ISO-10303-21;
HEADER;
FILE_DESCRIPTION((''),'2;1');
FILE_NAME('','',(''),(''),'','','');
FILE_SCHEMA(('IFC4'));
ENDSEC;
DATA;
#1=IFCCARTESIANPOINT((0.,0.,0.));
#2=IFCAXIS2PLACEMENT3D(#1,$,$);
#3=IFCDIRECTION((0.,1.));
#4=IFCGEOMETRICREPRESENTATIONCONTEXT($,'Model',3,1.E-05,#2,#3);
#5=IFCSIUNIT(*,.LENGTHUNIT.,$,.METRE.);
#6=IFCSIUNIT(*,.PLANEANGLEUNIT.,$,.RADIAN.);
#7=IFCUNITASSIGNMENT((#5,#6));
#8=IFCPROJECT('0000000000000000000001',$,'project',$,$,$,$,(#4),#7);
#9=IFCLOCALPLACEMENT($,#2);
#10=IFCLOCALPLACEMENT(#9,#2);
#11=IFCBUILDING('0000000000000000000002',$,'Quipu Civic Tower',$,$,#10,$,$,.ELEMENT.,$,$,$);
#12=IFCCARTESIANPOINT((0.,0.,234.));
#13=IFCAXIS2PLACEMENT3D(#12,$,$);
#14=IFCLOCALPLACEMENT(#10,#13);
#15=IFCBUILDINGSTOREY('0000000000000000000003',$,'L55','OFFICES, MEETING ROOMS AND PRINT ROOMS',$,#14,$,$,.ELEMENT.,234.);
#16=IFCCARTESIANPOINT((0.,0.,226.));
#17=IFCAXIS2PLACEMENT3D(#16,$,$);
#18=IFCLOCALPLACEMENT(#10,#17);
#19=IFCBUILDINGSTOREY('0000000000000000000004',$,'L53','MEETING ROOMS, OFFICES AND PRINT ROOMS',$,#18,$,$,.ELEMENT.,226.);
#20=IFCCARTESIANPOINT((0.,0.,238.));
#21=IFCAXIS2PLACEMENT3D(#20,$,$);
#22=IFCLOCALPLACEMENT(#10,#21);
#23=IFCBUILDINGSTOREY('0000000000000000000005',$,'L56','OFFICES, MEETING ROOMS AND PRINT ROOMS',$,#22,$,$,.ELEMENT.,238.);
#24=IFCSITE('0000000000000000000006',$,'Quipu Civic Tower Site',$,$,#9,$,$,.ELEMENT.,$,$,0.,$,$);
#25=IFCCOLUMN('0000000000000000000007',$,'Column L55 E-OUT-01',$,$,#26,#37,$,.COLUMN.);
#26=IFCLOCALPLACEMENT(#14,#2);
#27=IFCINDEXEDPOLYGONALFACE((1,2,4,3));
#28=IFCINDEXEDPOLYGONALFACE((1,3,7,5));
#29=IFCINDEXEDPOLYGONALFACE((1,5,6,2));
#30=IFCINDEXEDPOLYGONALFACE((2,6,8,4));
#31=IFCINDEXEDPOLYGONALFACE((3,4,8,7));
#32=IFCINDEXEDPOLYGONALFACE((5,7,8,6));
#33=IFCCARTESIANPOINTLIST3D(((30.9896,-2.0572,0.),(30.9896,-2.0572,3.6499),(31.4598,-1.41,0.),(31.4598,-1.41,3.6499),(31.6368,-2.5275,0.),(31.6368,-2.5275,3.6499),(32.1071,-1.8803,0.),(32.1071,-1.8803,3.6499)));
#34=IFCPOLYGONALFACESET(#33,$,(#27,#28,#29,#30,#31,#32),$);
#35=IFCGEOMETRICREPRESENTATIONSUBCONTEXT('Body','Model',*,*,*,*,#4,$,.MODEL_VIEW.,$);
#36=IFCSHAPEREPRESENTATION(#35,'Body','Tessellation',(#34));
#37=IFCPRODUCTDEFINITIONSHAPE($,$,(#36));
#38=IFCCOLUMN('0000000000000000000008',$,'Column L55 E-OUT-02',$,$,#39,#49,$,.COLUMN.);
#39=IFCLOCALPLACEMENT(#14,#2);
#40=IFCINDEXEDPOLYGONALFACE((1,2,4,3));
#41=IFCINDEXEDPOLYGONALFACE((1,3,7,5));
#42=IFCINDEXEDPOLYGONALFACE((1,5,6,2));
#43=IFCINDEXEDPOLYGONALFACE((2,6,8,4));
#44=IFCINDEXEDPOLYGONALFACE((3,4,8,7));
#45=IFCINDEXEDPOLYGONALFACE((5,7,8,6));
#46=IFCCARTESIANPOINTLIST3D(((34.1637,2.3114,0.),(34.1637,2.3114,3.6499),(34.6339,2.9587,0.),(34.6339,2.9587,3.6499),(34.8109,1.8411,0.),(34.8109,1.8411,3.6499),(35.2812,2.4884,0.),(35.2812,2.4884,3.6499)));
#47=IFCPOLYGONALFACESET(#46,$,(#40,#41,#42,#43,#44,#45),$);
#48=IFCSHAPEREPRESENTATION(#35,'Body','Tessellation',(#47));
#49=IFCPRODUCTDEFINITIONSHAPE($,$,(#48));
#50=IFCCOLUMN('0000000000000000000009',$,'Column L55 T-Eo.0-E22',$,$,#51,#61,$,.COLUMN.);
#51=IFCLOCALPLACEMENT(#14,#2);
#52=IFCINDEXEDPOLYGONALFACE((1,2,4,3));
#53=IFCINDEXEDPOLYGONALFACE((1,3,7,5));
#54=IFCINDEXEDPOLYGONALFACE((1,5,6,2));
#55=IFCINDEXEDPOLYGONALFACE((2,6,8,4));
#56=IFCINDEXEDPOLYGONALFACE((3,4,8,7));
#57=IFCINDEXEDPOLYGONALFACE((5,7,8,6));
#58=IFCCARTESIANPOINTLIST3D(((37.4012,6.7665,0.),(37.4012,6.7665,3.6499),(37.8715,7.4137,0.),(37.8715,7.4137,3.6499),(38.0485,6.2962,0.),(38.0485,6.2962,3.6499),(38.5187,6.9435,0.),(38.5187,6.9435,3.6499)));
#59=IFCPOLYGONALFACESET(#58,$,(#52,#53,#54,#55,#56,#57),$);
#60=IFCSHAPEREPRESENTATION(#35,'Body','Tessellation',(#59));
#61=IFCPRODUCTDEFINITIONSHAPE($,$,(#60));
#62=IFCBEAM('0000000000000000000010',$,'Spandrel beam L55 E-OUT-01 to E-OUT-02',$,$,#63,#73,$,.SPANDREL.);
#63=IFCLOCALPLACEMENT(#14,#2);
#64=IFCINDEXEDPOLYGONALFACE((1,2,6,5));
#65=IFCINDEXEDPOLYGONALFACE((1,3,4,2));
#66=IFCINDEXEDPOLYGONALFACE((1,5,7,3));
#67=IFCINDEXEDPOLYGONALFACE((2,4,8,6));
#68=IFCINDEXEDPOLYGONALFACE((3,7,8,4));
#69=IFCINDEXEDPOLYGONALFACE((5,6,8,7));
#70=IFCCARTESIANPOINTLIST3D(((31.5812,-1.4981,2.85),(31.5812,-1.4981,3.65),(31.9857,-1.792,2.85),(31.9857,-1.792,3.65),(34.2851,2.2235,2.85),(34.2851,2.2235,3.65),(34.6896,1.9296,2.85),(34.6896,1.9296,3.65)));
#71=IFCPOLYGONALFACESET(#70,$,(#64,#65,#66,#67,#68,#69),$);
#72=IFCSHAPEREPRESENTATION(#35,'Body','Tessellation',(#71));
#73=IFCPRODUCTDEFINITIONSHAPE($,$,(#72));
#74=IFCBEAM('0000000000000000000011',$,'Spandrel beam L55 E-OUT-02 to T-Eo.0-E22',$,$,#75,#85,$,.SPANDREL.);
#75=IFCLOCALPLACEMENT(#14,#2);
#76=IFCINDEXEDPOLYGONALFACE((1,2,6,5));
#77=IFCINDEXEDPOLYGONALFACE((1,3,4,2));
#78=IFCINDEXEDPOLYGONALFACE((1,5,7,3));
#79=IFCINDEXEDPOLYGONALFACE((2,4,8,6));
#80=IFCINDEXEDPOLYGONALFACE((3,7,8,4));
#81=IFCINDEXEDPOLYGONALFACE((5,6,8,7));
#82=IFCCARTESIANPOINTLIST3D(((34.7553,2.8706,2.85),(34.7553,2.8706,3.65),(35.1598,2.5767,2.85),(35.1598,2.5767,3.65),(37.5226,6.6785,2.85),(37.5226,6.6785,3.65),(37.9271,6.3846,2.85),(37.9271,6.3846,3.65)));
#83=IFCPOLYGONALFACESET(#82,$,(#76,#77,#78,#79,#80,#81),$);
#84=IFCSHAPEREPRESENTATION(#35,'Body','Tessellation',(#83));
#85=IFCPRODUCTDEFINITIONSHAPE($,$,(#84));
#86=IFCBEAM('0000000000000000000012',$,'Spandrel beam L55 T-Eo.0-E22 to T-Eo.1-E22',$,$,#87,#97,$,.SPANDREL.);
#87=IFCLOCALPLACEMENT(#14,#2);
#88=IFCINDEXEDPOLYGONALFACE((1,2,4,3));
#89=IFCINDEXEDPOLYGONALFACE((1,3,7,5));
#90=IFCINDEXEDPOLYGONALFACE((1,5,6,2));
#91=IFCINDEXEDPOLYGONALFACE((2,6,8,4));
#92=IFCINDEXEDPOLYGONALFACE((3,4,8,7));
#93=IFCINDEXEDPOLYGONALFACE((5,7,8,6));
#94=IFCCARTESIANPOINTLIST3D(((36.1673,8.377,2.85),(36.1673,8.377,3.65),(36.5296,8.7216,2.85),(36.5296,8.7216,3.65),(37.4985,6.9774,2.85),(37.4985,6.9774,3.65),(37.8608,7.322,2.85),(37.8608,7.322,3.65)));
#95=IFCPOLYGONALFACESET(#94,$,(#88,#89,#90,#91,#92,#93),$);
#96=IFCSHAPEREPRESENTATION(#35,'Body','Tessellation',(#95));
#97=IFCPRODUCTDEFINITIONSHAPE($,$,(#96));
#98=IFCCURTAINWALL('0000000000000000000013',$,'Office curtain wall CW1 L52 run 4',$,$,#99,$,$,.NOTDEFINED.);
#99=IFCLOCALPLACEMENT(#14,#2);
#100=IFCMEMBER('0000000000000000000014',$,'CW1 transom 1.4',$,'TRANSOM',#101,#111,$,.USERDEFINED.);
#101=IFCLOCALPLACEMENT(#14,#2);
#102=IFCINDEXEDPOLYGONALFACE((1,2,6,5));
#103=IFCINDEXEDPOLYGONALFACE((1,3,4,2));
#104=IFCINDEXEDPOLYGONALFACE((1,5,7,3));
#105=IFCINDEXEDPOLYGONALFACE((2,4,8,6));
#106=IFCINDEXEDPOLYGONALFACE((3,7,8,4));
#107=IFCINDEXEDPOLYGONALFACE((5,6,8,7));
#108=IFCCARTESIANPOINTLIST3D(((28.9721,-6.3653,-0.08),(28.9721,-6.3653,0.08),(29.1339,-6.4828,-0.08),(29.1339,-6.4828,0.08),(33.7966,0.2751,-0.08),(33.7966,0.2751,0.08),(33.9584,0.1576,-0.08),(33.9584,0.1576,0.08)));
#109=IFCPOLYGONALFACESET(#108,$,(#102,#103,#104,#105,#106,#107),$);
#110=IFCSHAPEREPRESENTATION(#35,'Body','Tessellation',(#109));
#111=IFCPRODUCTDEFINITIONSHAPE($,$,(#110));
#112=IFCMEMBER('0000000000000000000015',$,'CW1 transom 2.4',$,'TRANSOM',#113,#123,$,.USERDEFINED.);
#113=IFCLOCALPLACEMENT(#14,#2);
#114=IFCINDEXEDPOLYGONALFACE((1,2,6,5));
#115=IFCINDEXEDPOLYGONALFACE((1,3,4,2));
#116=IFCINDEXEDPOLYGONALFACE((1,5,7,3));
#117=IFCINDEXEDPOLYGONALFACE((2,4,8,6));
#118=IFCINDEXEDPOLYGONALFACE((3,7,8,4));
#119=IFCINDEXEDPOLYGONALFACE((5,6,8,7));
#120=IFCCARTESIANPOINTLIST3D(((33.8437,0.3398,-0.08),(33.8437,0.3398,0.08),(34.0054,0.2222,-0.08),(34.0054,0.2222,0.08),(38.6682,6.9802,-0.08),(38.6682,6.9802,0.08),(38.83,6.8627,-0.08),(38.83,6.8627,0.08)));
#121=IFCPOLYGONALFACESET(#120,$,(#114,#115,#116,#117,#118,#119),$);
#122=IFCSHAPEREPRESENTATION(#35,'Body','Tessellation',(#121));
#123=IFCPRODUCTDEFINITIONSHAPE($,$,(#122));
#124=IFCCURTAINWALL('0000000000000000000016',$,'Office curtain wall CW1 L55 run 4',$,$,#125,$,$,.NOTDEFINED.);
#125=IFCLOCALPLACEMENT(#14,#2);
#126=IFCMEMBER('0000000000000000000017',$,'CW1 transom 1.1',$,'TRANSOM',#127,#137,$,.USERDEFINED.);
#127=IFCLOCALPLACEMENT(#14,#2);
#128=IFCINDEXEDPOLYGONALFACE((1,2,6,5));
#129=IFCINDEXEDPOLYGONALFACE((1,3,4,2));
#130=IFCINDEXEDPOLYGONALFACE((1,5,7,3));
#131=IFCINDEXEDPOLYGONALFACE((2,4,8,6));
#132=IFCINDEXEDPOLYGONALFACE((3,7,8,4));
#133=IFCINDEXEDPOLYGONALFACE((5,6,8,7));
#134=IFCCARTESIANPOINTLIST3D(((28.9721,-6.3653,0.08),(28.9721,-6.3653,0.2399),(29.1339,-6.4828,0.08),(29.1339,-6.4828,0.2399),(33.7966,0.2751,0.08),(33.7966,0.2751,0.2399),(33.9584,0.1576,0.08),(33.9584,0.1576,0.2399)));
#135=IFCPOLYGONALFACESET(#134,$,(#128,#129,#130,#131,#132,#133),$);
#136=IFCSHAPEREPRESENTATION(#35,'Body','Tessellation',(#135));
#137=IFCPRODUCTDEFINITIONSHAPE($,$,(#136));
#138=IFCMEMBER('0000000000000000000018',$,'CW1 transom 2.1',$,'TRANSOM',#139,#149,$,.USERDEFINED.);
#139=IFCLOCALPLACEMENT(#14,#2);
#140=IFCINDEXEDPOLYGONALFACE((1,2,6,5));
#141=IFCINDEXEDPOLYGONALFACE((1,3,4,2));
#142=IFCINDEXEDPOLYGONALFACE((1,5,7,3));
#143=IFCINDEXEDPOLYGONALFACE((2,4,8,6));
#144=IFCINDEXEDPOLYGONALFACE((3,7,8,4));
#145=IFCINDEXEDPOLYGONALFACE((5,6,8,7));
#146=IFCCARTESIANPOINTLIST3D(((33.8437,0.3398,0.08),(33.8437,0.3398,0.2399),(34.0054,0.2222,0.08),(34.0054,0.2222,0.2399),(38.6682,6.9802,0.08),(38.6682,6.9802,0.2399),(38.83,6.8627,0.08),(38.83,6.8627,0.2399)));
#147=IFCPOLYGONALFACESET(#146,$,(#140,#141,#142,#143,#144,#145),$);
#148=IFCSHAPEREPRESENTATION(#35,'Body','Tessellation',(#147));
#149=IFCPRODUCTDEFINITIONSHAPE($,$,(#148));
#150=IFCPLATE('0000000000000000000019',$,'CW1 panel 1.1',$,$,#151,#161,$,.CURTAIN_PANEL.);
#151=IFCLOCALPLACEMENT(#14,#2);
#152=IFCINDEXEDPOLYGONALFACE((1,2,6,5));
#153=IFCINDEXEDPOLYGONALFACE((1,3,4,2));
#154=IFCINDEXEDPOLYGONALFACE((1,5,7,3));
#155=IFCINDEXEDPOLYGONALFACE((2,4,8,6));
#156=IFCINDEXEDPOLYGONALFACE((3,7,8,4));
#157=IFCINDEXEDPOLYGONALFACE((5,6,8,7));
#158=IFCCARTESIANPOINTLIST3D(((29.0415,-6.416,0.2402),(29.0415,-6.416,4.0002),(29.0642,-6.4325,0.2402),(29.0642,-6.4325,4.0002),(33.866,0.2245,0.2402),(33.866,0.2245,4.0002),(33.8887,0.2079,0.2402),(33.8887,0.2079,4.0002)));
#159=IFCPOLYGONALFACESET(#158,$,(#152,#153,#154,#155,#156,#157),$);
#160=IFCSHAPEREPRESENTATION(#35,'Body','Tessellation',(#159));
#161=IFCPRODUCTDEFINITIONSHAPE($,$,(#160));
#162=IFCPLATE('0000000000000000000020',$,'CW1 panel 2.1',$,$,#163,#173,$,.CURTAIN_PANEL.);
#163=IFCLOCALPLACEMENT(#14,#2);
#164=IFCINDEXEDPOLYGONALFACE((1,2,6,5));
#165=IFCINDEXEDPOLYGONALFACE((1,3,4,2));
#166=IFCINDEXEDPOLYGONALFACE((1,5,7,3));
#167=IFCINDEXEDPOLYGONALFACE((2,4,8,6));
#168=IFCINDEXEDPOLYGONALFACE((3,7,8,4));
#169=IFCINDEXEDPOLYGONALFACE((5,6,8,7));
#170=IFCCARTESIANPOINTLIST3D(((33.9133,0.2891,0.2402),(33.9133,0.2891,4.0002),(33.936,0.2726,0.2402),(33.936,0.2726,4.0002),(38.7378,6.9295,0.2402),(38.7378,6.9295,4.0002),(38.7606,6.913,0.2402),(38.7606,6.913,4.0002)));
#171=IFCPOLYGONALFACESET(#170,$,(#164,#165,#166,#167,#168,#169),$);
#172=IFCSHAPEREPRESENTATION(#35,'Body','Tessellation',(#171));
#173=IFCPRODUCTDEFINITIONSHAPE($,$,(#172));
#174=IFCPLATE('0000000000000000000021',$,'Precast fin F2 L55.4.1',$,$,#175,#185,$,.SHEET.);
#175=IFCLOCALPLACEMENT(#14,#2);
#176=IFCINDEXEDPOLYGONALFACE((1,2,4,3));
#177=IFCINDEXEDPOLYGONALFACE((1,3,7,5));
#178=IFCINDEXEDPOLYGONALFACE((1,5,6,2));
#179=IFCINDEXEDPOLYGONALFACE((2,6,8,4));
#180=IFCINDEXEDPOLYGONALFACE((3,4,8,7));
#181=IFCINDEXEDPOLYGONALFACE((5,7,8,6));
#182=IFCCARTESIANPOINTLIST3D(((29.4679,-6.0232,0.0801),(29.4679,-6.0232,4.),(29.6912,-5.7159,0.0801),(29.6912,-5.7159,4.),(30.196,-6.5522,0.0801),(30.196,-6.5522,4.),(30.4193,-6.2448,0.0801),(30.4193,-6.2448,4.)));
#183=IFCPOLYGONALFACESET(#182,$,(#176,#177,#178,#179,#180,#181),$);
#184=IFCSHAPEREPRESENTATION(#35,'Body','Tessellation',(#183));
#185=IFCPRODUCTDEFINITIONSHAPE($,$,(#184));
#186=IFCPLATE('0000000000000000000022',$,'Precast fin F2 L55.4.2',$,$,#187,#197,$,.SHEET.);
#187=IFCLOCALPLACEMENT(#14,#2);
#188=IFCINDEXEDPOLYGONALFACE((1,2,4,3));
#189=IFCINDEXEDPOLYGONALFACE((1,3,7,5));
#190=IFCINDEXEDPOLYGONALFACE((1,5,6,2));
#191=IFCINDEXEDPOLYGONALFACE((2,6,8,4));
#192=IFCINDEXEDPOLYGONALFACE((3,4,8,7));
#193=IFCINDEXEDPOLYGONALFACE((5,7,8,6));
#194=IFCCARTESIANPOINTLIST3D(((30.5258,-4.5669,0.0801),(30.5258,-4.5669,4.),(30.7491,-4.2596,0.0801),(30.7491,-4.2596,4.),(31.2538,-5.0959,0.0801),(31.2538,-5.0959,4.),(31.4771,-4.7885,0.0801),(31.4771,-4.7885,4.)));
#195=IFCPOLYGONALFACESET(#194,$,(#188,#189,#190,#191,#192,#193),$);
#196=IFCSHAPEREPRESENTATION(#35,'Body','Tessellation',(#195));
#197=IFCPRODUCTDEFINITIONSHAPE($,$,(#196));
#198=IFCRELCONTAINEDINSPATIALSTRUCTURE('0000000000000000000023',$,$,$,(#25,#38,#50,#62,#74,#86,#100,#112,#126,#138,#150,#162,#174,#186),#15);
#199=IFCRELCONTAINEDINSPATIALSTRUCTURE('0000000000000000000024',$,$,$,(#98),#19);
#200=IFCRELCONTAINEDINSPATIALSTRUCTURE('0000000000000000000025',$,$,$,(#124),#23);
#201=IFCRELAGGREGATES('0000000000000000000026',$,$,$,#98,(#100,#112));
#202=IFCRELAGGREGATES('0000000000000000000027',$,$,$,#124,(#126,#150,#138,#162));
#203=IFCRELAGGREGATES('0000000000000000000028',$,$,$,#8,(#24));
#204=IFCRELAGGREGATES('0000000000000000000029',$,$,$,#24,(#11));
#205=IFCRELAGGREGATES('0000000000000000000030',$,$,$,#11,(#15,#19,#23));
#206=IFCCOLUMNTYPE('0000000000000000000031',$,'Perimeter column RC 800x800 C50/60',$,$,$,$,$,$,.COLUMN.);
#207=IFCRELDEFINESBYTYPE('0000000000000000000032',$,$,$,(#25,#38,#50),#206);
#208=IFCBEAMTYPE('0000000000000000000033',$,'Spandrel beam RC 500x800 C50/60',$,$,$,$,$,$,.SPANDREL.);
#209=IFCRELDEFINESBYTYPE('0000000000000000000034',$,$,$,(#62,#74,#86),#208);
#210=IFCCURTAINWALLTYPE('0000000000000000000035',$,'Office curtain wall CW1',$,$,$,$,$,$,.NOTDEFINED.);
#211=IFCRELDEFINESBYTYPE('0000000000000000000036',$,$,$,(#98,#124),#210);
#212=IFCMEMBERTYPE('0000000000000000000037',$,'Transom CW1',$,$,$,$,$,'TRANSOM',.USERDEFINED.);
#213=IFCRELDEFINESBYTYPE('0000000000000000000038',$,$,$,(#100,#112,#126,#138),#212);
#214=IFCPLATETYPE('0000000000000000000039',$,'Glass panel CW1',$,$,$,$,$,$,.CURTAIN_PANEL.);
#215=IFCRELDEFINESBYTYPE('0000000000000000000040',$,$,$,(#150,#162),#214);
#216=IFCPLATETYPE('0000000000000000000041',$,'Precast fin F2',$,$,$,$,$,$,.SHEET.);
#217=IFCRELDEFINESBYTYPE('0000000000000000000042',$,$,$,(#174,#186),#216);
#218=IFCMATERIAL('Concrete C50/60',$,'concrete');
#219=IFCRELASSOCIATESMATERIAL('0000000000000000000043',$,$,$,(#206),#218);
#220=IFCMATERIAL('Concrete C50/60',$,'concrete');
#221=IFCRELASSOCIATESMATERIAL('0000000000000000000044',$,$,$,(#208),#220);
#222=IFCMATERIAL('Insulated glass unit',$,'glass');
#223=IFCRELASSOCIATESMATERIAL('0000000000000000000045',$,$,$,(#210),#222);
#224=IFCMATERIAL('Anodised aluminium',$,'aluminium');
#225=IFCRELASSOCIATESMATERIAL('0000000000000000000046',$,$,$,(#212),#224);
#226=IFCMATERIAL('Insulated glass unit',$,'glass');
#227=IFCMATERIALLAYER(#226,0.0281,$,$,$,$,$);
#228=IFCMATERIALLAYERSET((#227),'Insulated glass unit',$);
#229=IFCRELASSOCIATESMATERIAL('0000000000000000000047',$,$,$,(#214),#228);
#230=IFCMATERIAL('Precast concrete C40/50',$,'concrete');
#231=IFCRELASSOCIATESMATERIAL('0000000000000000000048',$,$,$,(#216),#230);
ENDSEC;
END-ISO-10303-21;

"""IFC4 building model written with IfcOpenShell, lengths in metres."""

from ifc_helpers import new_model, si_unit, direction, frame, origin, origin_2d, place, context, subcontext, project, spatial, rectangle, extrude, material, layer, layer_set, material_profile, profile_set, type_object, element, aggregate, save


model = new_model("IFC4")

# Units and contexts
model_context = context("Model", 3, precision=1e-05, world=origin(), true_north=direction((0.0, 1.0)))
body_context = subcontext(model_context, "Body", "Model", "MODEL_VIEW")
ifc_project = project(units=[si_unit("LENGTHUNIT", "METRE"), si_unit("PLANEANGLEUNIT", "RADIAN")], contexts=[model_context])

# Site, building, storey
site_placement = place(None, origin())
site = spatial("IfcSite", under=ifc_project, at=site_placement, Name="Quipu Civic Tower Site", CompositionType="ELEMENT", RefElevation=0.0)
building_placement = place(site_placement, origin())
building = spatial("IfcBuilding", under=site, at=building_placement, Name="Quipu Civic Tower", CompositionType="ELEMENT")
storey_1_placement = place(building_placement, frame((0.0, 0.0, 234.0)))
storey_1 = spatial("IfcBuildingStorey", under=building, at=storey_1_placement, Name="L55", Description="OFFICES, MEETING ROOMS AND PRINT ROOMS", CompositionType="ELEMENT", Elevation=234.0)

# Columns
ifc_material_1 = material(Name="Concrete C50/60", Category="concrete")
ifc_material_profile_1 = material_profile(ifc_material_1, rectangle(XDim=0.8, YDim=0.8, at=origin_2d()), Name="RC800x800")
ifc_profile_set_1 = profile_set([ifc_material_profile_1], Name="Concrete C50/60")
column_type = type_object("IfcColumnType", Name="Perimeter column RC 800x800 C50/60", PredefinedType="COLUMN", material=ifc_profile_set_1)
for number, where, z_axis, x_axis, name in (
    (1, (31.5483, -1.9688, 0.0), (0.0, 0.0, 1.0), (0.587785, 0.809017, 0.0), "Column L55 E-OUT-01"),
    (2, (34.7224, 2.3999, 0.0), (0.0, 0.0, 1.0), (0.587785, 0.809017, 0.0), "Column L55 E-OUT-02"),
    (3, (37.96, 6.855, 0.0), (0.0, 0.0, 1.0), (0.587785, 0.809017, 0.0), "Column L55 T-Eo.0-E22"),
):
    element("IfcColumn", number, at=place(storey_1_placement, frame(where, z_axis=z_axis, x_axis=x_axis)), inside=storey_1, type_object=column_type, Name=name, PredefinedType="COLUMN", context=body_context, shape_type="SweptSolid", body=[
        extrude(rectangle(XDim=0.8, YDim=0.8, at=origin_2d()), origin(), (0.0, 0.0, 1.0), 3.6499),
    ])

# Beams
ifc_material_2 = material(Name="Concrete C50/60", Category="concrete")
ifc_material_profile_2 = material_profile(ifc_material_2, rectangle(XDim=0.5, YDim=0.8, at=origin_2d()), Name="RC500x800")
ifc_profile_set_2 = profile_set([ifc_material_profile_2], Name="Concrete C50/60")
beam_type = type_object("IfcBeamType", Name="Spandrel beam RC 500x800 C50/60", PredefinedType="SPANDREL", material=ifc_profile_set_2)
beam_1_placement = place(storey_1_placement, frame((31.7834, -1.645, 3.25), z_axis=(0.587796, 0.809009, 0.0), x_axis=(-0.809009, 0.587796, 0.0)))
element("IfcBeam", 4, at=beam_1_placement, inside=storey_1, type_object=beam_type, Name="Spandrel beam L55 E-OUT-01 to E-OUT-02", PredefinedType="SPANDREL", context=body_context, shape_type="SweptSolid", body=[
    extrude(rectangle(XDim=0.5, YDim=0.8, at=origin_2d()), origin(), (0.0, 0.0, 1.0), 4.6001),
])
beam_2_placement = place(storey_1_placement, frame((34.9575, 2.7236, 3.25), z_axis=(0.587891, 0.80894, 0.0), x_axis=(-0.80894, 0.587891, 0.0)))
element("IfcBeam", 5, at=beam_2_placement, inside=storey_1, type_object=beam_type, Name="Spandrel beam L55 E-OUT-02 to T-Eo.0-E22", PredefinedType="SPANDREL", context=body_context, shape_type="SweptSolid", body=[
    extrude(rectangle(XDim=0.5, YDim=0.8, at=origin_2d()), origin(), (0.0, 0.0, 1.0), 4.7073),
])
beam_3_placement = place(storey_1_placement, frame((37.6797, 7.1497, 3.25), z_axis=(-0.689191, 0.72458, 0.0), x_axis=(-0.72458, -0.689191, 0.0)))
element("IfcBeam", 6, at=beam_3_placement, inside=storey_1, type_object=beam_type, Name="Spandrel beam L55 T-Eo.0-E22 to T-Eo.1-E22", PredefinedType="SPANDREL", context=body_context, shape_type="SweptSolid", body=[
    extrude(rectangle(XDim=0.5, YDim=0.8, at=origin_2d()), origin(), (0.0, 0.0, 1.0), 1.9316),
])

# Shared definitions
storey_2_placement = place(building_placement, frame((0.0, 0.0, 226.0)))
storey_2 = spatial("IfcBuildingStorey", under=building, at=storey_2_placement, Name="L53", Description="MEETING ROOMS, OFFICES AND PRINT ROOMS", CompositionType="ELEMENT", Elevation=226.0)

# Curtain wall, members
ifc_material_3 = material(Name="Insulated glass unit", Category="glass")
curtain_wall_type = type_object("IfcCurtainWallType", Name="Office curtain wall CW1", PredefinedType="NOTDEFINED", material=ifc_material_3)
curtain_wall_1_placement = place(storey_2_placement, origin())
curtain_wall_1 = element("IfcCurtainWall", 7, at=curtain_wall_1_placement, inside=storey_2, type_object=curtain_wall_type, Name="Office curtain wall CW1 L52 run 4", PredefinedType="NOTDEFINED")
ifc_material_4 = material(Name="Anodised aluminium", Category="aluminium")
ifc_material_profile_3 = material_profile(ifc_material_4, rectangle(XDim=0.2, YDim=0.1599, at=origin_2d()), Name="RECT 200x160")
ifc_profile_set_3 = profile_set([ifc_material_profile_3], Name="Anodised aluminium")
member_type = type_object("IfcMemberType", Name="Transom CW1", ElementType="TRANSOM", PredefinedType="USERDEFINED", material=ifc_profile_set_3)
member_1_placement = place(storey_1_placement, frame((29.053, -6.4241, 0.0), z_axis=(0.587781, 0.80902, 0.0), x_axis=(-0.80902, 0.587781, 0.0)))
member_1 = element("IfcMember", 8, at=member_1_placement, inside=storey_1, type_object=member_type, Name="CW1 transom 1.4", ObjectType="TRANSOM", PredefinedType="USERDEFINED", context=body_context, shape_type="SweptSolid", body=[
    extrude(rectangle(XDim=0.2, YDim=0.1599, at=origin_2d()), origin(), (0.0, 0.0, 1.0), 8.208),
])
member_2_placement = place(storey_1_placement, frame((33.9246, 0.281, 0.0), z_axis=(0.587781, 0.80902, 0.0), x_axis=(-0.80902, 0.587781, 0.0)))
member_2 = element("IfcMember", 9, at=member_2_placement, inside=storey_1, type_object=member_type, Name="CW1 transom 2.4", ObjectType="TRANSOM", PredefinedType="USERDEFINED", context=body_context, shape_type="SweptSolid", body=[
    extrude(rectangle(XDim=0.2, YDim=0.1599, at=origin_2d()), origin(), (0.0, 0.0, 1.0), 8.208),
])
aggregate(curtain_wall_1, [member_1, member_2])

# Shared definitions
storey_3_placement = place(building_placement, frame((0.0, 0.0, 238.0)))
storey_3 = spatial("IfcBuildingStorey", under=building, at=storey_3_placement, Name="L56", Description="OFFICES, MEETING ROOMS AND PRINT ROOMS", CompositionType="ELEMENT", Elevation=238.0)

# Curtain wall, members, plates
curtain_wall_2_placement = place(storey_3_placement, origin())
curtain_wall_2 = element("IfcCurtainWall", 10, at=curtain_wall_2_placement, inside=storey_3, type_object=curtain_wall_type, Name="Office curtain wall CW1 L55 run 4", PredefinedType="NOTDEFINED")
member_3_placement = place(storey_1_placement, frame((29.053, -6.4241, 0.1599), z_axis=(0.587781, 0.80902, 0.0), x_axis=(-0.80902, 0.587781, 0.0)))
member_3 = element("IfcMember", 11, at=member_3_placement, inside=storey_1, type_object=member_type, Name="CW1 transom 1.1", ObjectType="TRANSOM", PredefinedType="USERDEFINED", context=body_context, shape_type="SweptSolid", body=[
    extrude(rectangle(XDim=0.2, YDim=0.1599, at=origin_2d()), origin(), (0.0, 0.0, 1.0), 8.208),
])
member_4_placement = place(storey_1_placement, frame((33.9246, 0.281, 0.1599), z_axis=(0.587781, 0.80902, 0.0), x_axis=(-0.80902, 0.587781, 0.0)))
member_4 = element("IfcMember", 12, at=member_4_placement, inside=storey_1, type_object=member_type, Name="CW1 transom 2.1", ObjectType="TRANSOM", PredefinedType="USERDEFINED", context=body_context, shape_type="SweptSolid", body=[
    extrude(rectangle(XDim=0.2, YDim=0.1599, at=origin_2d()), origin(), (0.0, 0.0, 1.0), 8.208),
])
ifc_material_5 = material(Name="Insulated glass unit", Category="glass")
ifc_layer_1 = layer(ifc_material_5, 0.0281)
ifc_layer_set_1 = layer_set([ifc_layer_1], Name="Insulated glass unit")
plate_type_1 = type_object("IfcPlateType", Name="Glass panel CW1", PredefinedType="CURTAIN_PANEL", material=ifc_layer_set_1)
plate_1_placement = place(storey_1_placement, frame((31.4651, -3.104, 0.2402), z_axis=(0.0, 0.0, 1.0), x_axis=(0.587787, 0.809016, 0.0)))
plate_1 = element("IfcPlate", 13, at=plate_1_placement, inside=storey_1, type_object=plate_type_1, Name="CW1 panel 1.1", PredefinedType="CURTAIN_PANEL", context=body_context, shape_type="SweptSolid", body=[
    extrude(rectangle(XDim=8.208, YDim=0.0281, at=origin_2d()), origin(), (0.0, 0.0, 1.0), 3.76),
])
plate_2_placement = place(storey_1_placement, frame((36.3369, 3.6011, 0.2402), z_axis=(0.0, 0.0, 1.0), x_axis=(0.587787, 0.809016, 0.0)))
plate_2 = element("IfcPlate", 14, at=plate_2_placement, inside=storey_1, type_object=plate_type_1, Name="CW1 panel 2.1", PredefinedType="CURTAIN_PANEL", context=body_context, shape_type="SweptSolid", body=[
    extrude(rectangle(XDim=8.208, YDim=0.0281, at=origin_2d()), origin(), (0.0, 0.0, 1.0), 3.76),
])
aggregate(curtain_wall_2, [member_3, plate_1, member_4, plate_2])

# Plates
ifc_material_6 = material(Name="Precast concrete C40/50", Category="concrete")
plate_type_2 = type_object("IfcPlateType", Name="Precast fin F2", PredefinedType="SHEET", material=ifc_material_6)
for number, where, z_axis, x_axis, name in (
    (15, (29.9436, -6.134, 0.0801), (0.0, 0.0, 1.0), (0.587787, 0.809016, 0.0), "Precast fin F2 L55.4.1"),
    (16, (31.0015, -4.6777, 0.0801), (0.0, 0.0, 1.0), (0.587787, 0.809016, 0.0), "Precast fin F2 L55.4.2"),
):
    element("IfcPlate", number, at=place(storey_1_placement, frame(where, z_axis=z_axis, x_axis=x_axis)), inside=storey_1, type_object=plate_type_2, Name=name, PredefinedType="SHEET", context=body_context, shape_type="SweptSolid", body=[
        extrude(rectangle(XDim=0.3799, YDim=0.8999, at=origin_2d()), origin(), (0.0, 0.0, 1.0), 3.9199),
    ])

save(model, "model.ifc")
